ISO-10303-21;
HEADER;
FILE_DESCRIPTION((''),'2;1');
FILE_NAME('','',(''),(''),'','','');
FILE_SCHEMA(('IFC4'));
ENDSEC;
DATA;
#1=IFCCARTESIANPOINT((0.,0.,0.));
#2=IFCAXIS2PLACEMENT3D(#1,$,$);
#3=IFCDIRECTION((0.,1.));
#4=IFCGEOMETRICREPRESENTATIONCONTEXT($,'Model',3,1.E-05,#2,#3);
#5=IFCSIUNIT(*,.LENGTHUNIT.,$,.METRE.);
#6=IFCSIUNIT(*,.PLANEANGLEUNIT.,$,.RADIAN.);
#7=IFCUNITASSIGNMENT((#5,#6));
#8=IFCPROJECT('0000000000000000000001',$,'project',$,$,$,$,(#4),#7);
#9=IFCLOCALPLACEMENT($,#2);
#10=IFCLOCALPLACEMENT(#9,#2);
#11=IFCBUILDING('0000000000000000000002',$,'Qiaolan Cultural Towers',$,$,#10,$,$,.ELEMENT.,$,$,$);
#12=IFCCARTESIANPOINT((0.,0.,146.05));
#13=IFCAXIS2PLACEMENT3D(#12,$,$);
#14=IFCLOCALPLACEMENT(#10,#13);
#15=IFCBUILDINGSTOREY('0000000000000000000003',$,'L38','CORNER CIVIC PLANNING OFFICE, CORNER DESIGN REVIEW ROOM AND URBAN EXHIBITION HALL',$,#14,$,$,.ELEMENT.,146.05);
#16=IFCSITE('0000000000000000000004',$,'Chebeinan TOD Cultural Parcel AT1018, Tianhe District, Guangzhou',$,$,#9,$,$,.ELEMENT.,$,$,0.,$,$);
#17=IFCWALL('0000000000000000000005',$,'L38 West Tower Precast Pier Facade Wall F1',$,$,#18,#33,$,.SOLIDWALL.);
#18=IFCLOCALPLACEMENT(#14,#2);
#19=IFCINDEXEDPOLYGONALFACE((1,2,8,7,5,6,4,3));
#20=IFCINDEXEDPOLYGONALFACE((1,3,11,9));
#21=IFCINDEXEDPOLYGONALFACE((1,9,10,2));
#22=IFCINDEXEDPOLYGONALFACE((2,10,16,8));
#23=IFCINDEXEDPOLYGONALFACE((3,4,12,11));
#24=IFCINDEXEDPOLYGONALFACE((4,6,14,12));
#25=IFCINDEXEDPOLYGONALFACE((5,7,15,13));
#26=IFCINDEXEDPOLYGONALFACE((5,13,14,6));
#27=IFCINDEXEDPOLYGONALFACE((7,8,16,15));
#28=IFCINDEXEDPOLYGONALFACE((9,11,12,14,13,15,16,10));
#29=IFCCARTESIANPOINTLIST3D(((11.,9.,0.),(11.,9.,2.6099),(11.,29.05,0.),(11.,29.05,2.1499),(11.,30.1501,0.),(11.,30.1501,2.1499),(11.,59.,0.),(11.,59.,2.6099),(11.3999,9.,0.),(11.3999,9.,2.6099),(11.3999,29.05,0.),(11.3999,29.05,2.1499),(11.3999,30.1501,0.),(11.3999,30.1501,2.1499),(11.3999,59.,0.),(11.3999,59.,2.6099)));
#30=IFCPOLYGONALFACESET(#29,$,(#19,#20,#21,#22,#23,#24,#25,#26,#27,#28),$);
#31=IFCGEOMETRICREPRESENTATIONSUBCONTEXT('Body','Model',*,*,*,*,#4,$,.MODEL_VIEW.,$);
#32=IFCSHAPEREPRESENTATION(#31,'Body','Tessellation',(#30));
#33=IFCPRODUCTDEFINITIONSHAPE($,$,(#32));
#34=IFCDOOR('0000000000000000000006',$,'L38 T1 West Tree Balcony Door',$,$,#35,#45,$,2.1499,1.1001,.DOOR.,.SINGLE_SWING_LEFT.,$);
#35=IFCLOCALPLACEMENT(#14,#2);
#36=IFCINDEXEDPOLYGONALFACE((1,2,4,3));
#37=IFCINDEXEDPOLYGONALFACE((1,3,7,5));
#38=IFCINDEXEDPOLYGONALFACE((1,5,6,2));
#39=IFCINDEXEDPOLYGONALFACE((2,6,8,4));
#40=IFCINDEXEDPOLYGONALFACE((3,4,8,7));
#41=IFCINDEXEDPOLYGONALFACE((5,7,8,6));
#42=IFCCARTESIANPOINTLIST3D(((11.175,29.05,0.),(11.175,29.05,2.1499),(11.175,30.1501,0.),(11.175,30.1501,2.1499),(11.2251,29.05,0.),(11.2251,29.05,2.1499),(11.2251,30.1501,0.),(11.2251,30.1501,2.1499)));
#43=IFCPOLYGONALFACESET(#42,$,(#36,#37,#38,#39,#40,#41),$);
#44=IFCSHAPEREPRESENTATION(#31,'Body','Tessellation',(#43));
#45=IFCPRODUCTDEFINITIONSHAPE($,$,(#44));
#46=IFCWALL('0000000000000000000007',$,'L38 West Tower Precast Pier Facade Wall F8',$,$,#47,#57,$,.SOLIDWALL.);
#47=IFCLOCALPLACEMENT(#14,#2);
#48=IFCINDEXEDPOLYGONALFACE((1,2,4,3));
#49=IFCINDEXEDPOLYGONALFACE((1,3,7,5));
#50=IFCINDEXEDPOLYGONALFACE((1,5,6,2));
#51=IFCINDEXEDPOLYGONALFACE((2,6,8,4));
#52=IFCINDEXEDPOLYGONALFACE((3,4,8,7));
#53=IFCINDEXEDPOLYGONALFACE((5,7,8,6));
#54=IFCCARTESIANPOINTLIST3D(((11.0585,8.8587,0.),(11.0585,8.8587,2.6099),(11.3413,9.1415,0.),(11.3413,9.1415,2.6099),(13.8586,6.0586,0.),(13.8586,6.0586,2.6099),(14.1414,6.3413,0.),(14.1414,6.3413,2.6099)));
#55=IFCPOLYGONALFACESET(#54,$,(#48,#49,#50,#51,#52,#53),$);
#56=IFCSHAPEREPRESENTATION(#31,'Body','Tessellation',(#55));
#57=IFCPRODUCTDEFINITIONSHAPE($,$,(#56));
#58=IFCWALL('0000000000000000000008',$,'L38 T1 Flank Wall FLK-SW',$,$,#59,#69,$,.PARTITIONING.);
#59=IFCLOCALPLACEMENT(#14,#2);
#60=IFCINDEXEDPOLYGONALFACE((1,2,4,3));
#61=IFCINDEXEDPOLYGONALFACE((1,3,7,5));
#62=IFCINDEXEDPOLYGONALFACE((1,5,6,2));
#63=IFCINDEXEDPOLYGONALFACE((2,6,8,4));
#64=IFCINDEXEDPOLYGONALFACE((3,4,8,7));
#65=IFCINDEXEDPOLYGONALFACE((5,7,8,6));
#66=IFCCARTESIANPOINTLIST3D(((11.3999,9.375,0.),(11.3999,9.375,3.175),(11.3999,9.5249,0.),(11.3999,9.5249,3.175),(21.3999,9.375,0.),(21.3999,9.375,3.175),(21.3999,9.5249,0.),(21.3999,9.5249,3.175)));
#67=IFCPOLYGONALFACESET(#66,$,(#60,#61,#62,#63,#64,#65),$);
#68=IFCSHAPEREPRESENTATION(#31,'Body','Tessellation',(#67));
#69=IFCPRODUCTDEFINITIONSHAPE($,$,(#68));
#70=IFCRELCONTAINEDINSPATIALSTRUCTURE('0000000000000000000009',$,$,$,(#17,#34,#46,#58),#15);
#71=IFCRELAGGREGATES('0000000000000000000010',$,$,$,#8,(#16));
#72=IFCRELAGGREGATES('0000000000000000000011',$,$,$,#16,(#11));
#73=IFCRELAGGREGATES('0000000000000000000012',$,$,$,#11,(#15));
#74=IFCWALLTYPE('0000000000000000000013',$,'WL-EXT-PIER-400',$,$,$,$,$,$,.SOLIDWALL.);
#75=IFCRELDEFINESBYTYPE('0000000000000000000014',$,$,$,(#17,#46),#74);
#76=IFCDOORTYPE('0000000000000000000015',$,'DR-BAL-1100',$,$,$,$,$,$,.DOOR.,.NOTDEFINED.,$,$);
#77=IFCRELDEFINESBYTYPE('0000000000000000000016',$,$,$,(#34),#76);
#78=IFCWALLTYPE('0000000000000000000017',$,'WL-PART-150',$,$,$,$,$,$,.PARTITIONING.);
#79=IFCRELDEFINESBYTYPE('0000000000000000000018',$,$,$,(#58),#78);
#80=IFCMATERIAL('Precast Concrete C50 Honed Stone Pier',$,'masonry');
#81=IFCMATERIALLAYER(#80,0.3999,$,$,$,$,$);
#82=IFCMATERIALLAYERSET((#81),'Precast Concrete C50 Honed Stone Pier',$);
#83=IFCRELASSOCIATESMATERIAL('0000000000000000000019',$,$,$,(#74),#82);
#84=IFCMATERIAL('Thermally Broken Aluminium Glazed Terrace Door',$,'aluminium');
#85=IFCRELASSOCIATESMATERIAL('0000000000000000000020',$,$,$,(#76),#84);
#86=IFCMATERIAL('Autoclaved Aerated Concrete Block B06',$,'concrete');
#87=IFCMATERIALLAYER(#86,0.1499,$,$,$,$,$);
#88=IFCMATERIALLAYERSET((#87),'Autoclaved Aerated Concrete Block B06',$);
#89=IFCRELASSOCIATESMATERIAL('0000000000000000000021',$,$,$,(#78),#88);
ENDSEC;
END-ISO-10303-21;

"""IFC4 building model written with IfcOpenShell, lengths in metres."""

from ifc_helpers import new_model, si_unit, direction, frame, frame_2d, origin, place, context, subcontext, project, spatial, rectangle, extrude, material, layer, layer_set, type_object, element, fill, save


model = new_model("IFC4")

# Units and contexts
model_context = context("Model", 3, precision=1e-05, world=origin(), true_north=direction((0.0, 1.0)))
body_context = subcontext(model_context, "Body", "Model", "MODEL_VIEW")
ifc_project = project(units=[si_unit("LENGTHUNIT", "METRE"), si_unit("PLANEANGLEUNIT", "RADIAN")], contexts=[model_context])

# Site, building, storey
site_placement = place(None, origin())
site = spatial("IfcSite", under=ifc_project, at=site_placement, Name="Chebeinan TOD Cultural Parcel AT1018, Tianhe District, Guangzhou", CompositionType="ELEMENT", RefElevation=0.0)
building_placement = place(site_placement, origin())
building = spatial("IfcBuilding", under=site, at=building_placement, Name="Qiaolan Cultural Towers", CompositionType="ELEMENT")
storey_placement = place(building_placement, frame((0.0, 0.0, 146.05)))
storey = spatial("IfcBuildingStorey", under=building, at=storey_placement, Name="L38", Description="CORNER CIVIC PLANNING OFFICE, CORNER DESIGN REVIEW ROOM AND URBAN EXHIBITION HALL", CompositionType="ELEMENT", Elevation=146.05)

# Wall, opening, door
ifc_material_1 = material(Name="Precast Concrete C50 Honed Stone Pier", Category="masonry")
ifc_layer_1 = layer(ifc_material_1, 0.3999)
ifc_layer_set_1 = layer_set([ifc_layer_1], Name="Precast Concrete C50 Honed Stone Pier")
wall_type_1 = type_object("IfcWallType", Name="WL-EXT-PIER-400", PredefinedType="SOLIDWALL", material=ifc_layer_set_1)
wall_1_placement = place(storey_placement, frame((11.2, 9.0, 0.0), z_axis=(0.0, 0.0, 1.0), x_axis=(0.0, 1.0, 0.0)))
wall_1 = element("IfcWall", 1, at=wall_1_placement, inside=storey, type_object=wall_type_1, Name="L38 West Tower Precast Pier Facade Wall F1", PredefinedType="SOLIDWALL", context=body_context, shape_type="SweptSolid", body=[
    extrude(rectangle(XDim=50.0, YDim=0.3999, at=frame_2d((25.0, 0.0))), origin(), (0.0, 0.0, 1.0), 2.6099),
])
opening_placement = place(wall_1_placement, frame((20.05, 0.0, 0.0)))
opening = element("IfcOpeningElement", 2, at=opening_placement, cuts=wall_1, PredefinedType="OPENING", context=body_context, shape_type="SweptSolid", body=[
    extrude(rectangle(XDim=1.1001, YDim=2.1499, at=frame_2d((0.55, 1.075))), frame((0.0, 0.21, 0.0), z_axis=(0.0, -1.0, 0.0), x_axis=(1.0, 0.0, 0.0)), (0.0, 0.0, 1.0), 0.4199),
])
ifc_material_2 = material(Name="Thermally Broken Aluminium Glazed Terrace Door", Category="aluminium")
door_type = type_object("IfcDoorType", Name="DR-BAL-1100", OperationType="NOTDEFINED", PredefinedType="DOOR", material=ifc_material_2)
door_placement = place(opening_placement, origin())
door = element("IfcDoor", 3, at=door_placement, inside=storey, type_object=door_type, Name="L38 T1 West Tree Balcony Door", OperationType="SINGLE_SWING_LEFT", OverallHeight=2.1499, OverallWidth=1.1001, PredefinedType="DOOR", context=body_context, shape_type="SweptSolid", body=[
    extrude(rectangle(XDim=1.1001, YDim=2.1499, at=frame_2d((0.55, 1.075))), frame((0.0, 0.0249, 0.0), z_axis=(0.0, -1.0, 0.0), x_axis=(1.0, 0.0, 0.0)), (0.0, 0.0, 1.0), 0.05),
])
fill(opening, door)

# Walls
wall_2_placement = place(storey_placement, frame((14.0, 6.2, 0.0), z_axis=(0.0, 0.0, 1.0), x_axis=(-0.707107, 0.707107, 0.0)))
element("IfcWall", 4, at=wall_2_placement, inside=storey, type_object=wall_type_1, Name="L38 West Tower Precast Pier Facade Wall F8", PredefinedType="SOLIDWALL", context=body_context, shape_type="SweptSolid", body=[
    extrude(rectangle(XDim=3.96, YDim=0.3999, at=frame_2d((1.98, 0.0))), origin(), (0.0, 0.0, 1.0), 2.6099),
])
ifc_material_3 = material(Name="Autoclaved Aerated Concrete Block B06", Category="concrete")
ifc_layer_2 = layer(ifc_material_3, 0.1499)
ifc_layer_set_2 = layer_set([ifc_layer_2], Name="Autoclaved Aerated Concrete Block B06")
wall_type_2 = type_object("IfcWallType", Name="WL-PART-150", PredefinedType="PARTITIONING", material=ifc_layer_set_2)
wall_3_placement = place(storey_placement, frame((11.3999, 9.45, 0.0), z_axis=(0.0, 0.0, 1.0), x_axis=(1.0, 0.0, 0.0)))
element("IfcWall", 5, at=wall_3_placement, inside=storey, type_object=wall_type_2, Name="L38 T1 Flank Wall FLK-SW", PredefinedType="PARTITIONING", context=body_context, shape_type="SweptSolid", body=[
    extrude(rectangle(XDim=10.0, YDim=0.1499, at=frame_2d((5.0, 0.0))), origin(), (0.0, 0.0, 1.0), 3.175),
])

save(model, "model.ifc")
